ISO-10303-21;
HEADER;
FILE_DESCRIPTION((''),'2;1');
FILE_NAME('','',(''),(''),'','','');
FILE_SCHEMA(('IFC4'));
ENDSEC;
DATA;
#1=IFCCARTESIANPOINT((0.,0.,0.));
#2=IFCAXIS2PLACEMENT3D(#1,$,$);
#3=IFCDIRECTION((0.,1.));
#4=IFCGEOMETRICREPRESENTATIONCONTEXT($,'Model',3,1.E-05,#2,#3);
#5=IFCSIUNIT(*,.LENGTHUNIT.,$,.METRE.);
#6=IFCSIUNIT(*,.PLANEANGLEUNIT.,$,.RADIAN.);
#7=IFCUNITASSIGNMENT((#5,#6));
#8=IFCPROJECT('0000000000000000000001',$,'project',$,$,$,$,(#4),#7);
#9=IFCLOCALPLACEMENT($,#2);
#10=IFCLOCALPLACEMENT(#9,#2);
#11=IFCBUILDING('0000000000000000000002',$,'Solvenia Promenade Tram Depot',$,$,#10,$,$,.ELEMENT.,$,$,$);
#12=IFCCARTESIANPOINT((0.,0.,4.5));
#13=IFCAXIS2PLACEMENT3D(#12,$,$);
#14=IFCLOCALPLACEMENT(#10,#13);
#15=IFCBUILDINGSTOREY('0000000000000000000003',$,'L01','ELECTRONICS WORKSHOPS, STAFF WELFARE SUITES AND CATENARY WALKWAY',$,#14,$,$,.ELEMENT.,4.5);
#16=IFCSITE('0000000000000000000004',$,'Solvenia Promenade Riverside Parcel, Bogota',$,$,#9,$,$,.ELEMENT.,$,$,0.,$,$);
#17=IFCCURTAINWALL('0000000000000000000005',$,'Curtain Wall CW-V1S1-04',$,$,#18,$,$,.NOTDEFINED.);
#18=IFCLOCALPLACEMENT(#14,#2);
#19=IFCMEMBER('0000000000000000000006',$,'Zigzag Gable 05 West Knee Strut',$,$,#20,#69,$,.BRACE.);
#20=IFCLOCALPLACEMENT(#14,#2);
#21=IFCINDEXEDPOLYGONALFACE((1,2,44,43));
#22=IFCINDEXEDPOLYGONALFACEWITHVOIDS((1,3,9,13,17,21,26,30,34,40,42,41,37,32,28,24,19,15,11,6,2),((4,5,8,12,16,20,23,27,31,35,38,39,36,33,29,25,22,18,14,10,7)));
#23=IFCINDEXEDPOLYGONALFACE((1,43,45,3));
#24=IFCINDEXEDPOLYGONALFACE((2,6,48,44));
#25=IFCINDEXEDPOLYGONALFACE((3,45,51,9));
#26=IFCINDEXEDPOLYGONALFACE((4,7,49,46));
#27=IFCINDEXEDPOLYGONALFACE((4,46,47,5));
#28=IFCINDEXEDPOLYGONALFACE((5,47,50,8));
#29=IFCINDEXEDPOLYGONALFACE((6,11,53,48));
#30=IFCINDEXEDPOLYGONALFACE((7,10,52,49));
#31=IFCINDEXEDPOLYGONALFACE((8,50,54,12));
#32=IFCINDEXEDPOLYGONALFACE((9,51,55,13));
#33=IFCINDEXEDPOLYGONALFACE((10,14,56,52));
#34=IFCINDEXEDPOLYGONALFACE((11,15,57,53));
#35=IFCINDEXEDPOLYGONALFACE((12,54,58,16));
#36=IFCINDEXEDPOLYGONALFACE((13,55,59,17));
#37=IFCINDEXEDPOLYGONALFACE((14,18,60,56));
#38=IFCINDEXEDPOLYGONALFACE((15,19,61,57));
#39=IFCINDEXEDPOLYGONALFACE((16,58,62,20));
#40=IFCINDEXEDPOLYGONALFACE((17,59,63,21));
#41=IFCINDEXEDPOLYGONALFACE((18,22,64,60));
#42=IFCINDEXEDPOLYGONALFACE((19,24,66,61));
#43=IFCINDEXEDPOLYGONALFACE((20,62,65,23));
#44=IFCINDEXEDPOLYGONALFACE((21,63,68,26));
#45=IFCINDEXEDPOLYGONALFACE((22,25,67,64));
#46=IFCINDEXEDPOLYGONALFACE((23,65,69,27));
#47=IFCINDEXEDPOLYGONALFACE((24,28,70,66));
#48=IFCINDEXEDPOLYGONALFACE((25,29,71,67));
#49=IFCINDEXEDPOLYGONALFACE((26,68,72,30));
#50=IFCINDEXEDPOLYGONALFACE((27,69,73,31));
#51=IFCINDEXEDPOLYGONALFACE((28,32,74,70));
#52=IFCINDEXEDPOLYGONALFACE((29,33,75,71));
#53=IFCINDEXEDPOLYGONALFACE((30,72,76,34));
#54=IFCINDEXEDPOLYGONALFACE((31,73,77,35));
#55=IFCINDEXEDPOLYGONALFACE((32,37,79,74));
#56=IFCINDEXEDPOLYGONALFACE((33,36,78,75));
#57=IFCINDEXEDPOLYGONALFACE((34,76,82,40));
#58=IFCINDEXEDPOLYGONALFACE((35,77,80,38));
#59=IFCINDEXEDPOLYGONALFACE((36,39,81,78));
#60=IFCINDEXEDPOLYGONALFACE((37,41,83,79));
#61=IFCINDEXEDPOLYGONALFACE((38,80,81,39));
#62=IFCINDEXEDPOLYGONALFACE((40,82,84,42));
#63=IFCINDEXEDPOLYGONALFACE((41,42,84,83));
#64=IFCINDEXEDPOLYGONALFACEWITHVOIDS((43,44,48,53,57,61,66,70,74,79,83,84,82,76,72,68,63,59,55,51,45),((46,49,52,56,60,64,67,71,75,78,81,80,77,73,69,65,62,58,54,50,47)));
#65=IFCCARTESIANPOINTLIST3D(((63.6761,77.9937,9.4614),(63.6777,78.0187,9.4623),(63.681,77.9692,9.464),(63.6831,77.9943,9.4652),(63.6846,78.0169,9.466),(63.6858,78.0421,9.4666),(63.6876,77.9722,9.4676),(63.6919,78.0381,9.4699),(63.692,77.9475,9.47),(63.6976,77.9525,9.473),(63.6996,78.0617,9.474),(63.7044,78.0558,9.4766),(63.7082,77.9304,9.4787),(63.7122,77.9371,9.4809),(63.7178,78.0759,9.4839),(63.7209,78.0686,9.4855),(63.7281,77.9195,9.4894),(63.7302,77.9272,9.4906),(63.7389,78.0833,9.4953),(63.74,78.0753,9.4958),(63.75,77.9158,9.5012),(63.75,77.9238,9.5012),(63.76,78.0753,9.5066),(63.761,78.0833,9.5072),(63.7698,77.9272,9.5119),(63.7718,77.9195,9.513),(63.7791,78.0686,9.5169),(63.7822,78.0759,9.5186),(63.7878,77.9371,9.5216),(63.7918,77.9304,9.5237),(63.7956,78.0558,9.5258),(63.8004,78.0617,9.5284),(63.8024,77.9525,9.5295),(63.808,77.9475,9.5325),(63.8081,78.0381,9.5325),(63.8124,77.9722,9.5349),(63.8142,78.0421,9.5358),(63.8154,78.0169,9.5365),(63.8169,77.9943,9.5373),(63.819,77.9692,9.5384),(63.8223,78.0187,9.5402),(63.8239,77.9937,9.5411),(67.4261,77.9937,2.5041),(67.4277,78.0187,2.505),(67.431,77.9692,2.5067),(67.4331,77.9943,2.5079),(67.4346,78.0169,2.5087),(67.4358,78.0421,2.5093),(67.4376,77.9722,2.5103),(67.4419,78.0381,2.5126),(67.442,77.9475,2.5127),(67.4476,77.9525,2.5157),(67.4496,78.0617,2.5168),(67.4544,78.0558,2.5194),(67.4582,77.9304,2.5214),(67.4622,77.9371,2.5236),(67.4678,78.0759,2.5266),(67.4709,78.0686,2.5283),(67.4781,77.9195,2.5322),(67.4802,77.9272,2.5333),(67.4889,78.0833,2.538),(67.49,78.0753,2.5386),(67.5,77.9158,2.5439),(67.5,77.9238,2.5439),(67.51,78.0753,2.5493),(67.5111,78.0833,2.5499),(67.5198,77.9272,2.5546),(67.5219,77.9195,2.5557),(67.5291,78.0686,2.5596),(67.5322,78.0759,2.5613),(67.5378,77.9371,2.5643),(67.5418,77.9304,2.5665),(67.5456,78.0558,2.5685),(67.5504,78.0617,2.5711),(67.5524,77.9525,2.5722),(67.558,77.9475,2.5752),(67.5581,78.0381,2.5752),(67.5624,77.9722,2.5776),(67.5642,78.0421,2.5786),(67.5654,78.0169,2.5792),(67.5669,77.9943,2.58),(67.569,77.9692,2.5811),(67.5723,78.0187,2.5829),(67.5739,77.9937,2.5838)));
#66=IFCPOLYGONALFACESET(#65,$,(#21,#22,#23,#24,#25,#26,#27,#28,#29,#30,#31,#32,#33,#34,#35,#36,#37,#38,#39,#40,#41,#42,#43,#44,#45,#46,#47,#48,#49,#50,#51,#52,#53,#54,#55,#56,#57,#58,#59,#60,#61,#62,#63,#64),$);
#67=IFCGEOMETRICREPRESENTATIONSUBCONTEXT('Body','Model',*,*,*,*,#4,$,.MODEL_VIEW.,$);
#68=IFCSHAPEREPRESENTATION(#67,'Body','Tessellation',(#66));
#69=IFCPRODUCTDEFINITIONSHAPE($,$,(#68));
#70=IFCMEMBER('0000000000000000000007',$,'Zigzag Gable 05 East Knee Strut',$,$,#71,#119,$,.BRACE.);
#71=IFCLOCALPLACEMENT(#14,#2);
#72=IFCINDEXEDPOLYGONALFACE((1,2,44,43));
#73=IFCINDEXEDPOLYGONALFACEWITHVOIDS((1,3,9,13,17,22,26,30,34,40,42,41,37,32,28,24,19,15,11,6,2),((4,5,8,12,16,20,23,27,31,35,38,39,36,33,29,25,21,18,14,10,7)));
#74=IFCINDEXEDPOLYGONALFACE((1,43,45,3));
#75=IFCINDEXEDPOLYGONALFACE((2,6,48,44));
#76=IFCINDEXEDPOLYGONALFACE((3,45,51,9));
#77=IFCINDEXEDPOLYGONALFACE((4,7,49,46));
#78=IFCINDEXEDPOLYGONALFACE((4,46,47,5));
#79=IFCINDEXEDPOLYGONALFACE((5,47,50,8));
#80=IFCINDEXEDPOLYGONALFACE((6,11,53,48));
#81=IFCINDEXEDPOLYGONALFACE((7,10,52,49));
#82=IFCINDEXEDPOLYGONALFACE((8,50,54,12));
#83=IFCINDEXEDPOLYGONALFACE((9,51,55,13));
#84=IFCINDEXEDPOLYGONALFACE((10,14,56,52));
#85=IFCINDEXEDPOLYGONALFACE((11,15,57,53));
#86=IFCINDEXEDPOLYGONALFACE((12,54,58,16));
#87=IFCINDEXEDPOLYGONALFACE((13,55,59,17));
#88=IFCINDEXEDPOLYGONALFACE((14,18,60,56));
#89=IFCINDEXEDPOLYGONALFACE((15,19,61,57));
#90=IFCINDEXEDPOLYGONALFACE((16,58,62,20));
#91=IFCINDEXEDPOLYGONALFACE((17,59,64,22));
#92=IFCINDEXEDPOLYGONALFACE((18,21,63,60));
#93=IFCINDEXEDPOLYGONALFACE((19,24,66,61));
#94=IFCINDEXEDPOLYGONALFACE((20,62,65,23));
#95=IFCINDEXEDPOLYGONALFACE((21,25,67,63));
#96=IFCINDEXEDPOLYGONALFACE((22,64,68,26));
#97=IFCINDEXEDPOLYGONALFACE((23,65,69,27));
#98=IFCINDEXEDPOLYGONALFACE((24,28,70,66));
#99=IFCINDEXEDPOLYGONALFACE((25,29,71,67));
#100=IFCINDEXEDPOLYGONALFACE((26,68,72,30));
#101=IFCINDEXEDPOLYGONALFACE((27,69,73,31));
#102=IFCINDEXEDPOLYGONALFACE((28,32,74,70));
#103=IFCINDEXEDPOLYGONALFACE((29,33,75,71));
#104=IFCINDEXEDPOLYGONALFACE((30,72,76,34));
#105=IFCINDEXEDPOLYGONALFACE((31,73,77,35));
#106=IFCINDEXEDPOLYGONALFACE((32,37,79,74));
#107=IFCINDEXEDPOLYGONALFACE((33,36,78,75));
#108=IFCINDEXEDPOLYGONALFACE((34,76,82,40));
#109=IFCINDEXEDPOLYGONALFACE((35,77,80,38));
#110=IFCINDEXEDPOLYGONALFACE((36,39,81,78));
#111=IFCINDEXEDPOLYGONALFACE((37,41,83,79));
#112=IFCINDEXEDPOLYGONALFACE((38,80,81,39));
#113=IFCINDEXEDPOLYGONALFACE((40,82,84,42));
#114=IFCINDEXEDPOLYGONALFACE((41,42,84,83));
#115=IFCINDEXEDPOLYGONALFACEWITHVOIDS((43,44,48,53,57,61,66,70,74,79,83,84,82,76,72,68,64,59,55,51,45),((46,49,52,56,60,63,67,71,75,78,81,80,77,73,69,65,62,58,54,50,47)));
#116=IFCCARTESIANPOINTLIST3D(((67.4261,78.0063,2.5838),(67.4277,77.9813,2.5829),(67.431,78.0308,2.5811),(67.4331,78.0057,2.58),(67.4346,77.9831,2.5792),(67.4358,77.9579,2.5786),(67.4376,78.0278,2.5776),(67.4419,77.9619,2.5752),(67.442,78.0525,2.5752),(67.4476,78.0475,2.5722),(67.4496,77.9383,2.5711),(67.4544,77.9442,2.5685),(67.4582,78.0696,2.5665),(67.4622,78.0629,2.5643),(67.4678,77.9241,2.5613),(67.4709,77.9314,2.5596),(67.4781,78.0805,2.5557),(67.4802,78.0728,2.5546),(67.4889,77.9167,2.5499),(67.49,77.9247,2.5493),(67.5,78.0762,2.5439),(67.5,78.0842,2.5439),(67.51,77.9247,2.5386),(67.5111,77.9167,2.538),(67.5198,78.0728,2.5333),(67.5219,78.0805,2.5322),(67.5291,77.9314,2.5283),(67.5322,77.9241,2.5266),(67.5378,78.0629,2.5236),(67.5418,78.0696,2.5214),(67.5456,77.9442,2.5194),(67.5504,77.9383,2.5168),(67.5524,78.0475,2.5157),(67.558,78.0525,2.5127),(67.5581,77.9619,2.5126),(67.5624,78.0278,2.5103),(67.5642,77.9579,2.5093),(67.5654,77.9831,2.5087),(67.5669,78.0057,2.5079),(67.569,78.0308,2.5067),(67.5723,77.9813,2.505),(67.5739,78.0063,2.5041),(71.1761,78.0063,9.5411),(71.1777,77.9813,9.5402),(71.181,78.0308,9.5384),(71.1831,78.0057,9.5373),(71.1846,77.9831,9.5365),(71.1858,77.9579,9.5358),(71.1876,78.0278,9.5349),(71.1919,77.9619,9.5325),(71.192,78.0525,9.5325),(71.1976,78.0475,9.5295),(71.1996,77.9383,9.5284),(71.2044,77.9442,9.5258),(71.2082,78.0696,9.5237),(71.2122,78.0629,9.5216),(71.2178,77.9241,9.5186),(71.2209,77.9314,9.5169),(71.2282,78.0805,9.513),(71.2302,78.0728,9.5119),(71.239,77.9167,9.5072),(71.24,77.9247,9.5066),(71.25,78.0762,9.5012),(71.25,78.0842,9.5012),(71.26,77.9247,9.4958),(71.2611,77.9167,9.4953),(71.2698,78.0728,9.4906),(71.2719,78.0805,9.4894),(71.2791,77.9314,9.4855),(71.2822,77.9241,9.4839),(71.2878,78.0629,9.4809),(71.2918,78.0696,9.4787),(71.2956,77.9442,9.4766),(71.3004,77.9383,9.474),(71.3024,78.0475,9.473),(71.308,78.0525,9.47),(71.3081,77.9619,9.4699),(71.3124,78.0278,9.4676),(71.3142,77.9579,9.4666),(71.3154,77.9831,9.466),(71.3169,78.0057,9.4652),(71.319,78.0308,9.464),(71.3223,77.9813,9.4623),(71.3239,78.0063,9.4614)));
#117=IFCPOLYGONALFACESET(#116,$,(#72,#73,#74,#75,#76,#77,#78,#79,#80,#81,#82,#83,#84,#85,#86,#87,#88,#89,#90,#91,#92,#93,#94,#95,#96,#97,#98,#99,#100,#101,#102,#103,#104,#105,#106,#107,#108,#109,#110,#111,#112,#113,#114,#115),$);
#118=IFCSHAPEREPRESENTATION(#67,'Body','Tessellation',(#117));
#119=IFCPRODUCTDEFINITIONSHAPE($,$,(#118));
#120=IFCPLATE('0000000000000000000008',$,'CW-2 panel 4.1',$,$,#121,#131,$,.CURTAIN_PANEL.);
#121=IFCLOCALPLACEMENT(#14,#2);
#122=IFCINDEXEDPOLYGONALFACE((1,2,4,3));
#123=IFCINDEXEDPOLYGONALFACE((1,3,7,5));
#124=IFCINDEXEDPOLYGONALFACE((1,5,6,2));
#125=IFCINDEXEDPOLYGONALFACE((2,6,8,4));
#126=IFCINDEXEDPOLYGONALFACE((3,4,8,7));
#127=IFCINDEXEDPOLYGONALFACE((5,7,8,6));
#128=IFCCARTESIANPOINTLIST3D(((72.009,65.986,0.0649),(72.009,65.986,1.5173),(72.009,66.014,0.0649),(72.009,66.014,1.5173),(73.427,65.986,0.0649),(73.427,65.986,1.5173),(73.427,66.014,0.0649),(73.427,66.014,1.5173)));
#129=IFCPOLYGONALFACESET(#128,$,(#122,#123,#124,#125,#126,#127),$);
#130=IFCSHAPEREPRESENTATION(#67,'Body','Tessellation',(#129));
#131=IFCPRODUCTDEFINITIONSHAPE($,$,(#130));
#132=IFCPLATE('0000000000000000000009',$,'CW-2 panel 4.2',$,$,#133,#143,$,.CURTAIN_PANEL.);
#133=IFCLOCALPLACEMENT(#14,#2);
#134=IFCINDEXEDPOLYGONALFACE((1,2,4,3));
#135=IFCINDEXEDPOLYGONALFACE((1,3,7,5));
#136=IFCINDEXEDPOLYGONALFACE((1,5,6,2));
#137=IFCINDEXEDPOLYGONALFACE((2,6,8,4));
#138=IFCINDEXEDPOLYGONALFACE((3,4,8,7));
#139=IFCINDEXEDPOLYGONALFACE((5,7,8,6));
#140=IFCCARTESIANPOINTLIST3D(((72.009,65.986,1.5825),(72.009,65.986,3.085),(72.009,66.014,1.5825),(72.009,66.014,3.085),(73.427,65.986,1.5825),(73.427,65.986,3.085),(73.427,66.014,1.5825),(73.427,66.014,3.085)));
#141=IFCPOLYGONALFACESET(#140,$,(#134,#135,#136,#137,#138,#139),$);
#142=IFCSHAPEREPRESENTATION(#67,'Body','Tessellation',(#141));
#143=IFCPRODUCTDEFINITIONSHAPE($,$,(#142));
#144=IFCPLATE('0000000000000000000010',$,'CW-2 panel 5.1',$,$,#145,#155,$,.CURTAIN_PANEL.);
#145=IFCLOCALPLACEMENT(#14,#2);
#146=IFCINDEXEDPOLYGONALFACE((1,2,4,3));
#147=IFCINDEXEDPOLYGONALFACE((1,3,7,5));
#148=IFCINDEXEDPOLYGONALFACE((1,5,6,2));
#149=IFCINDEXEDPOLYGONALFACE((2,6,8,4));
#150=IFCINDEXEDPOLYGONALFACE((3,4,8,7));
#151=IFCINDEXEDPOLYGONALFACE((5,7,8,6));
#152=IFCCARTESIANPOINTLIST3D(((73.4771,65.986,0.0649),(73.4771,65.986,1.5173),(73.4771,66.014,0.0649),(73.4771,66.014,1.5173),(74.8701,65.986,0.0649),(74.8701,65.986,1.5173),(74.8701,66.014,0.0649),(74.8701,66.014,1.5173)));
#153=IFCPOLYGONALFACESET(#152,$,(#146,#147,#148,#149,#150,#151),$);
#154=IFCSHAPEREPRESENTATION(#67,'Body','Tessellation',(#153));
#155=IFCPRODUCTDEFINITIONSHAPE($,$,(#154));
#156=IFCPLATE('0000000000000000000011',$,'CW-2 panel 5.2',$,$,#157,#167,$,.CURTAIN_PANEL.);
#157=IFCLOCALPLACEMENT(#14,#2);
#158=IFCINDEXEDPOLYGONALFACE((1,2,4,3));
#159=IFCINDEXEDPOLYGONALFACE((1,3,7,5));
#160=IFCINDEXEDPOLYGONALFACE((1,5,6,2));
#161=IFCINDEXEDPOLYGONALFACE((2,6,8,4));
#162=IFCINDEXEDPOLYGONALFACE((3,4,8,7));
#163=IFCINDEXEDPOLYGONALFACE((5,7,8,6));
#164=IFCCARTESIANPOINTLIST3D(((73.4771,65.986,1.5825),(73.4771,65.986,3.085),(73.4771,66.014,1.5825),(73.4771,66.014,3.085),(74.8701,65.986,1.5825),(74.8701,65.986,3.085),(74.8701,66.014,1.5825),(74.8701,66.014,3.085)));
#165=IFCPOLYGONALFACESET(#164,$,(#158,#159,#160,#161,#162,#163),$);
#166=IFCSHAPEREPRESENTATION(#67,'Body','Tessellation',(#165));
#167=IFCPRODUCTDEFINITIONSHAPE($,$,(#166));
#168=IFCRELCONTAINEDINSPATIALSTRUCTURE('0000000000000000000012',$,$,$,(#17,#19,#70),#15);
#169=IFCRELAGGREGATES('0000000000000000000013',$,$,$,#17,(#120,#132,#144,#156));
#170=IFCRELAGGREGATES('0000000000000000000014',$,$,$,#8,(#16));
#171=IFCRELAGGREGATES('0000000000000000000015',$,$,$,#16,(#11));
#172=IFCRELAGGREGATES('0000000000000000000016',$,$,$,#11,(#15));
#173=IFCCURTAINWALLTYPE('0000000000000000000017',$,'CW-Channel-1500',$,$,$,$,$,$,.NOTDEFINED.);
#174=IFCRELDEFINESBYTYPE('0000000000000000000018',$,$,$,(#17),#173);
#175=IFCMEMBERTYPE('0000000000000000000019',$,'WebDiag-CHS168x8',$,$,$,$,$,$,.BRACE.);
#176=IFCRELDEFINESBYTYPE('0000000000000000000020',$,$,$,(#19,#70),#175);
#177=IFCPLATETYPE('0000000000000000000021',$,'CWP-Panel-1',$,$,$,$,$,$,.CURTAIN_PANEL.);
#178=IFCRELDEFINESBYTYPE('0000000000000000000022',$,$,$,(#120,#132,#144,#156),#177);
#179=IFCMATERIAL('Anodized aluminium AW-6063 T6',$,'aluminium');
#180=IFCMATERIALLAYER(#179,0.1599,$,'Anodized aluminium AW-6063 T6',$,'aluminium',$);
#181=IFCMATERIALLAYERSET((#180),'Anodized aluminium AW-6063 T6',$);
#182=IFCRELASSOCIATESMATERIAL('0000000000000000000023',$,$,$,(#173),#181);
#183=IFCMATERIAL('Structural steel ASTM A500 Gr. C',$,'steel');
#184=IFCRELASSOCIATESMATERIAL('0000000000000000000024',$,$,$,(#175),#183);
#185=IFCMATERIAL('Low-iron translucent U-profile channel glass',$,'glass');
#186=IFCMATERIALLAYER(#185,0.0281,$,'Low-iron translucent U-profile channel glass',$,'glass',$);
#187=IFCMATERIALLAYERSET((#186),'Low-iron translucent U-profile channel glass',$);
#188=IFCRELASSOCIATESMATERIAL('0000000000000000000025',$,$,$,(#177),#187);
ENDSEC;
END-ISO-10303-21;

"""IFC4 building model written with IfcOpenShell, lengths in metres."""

from ifc_helpers import new_model, si_unit, direction, frame, origin, origin_2d, place, context, subcontext, project, spatial, rectangle, hollow_circle, extrude, material, layer, layer_set, material_profile, profile_set, type_object, element, aggregate, save


model = new_model("IFC4")

# Units and contexts
model_context = context("Model", 3, precision=1e-05, world=origin(), true_north=direction((0.0, 1.0)))
body_context = subcontext(model_context, "Body", "Model", "MODEL_VIEW")
ifc_project = project(units=[si_unit("LENGTHUNIT", "METRE"), si_unit("PLANEANGLEUNIT", "RADIAN")], contexts=[model_context])

# Site, building, storey
site_placement = place(None, origin())
site = spatial("IfcSite", under=ifc_project, at=site_placement, Name="Solvenia Promenade Riverside Parcel, Bogota", CompositionType="ELEMENT", RefElevation=0.0)
building_placement = place(site_placement, origin())
building = spatial("IfcBuilding", under=site, at=building_placement, Name="Solvenia Promenade Tram Depot", CompositionType="ELEMENT")
storey_placement = place(building_placement, frame((0.0, 0.0, 4.5)))
storey = spatial("IfcBuildingStorey", under=building, at=storey_placement, Name="L01", Description="ELECTRONICS WORKSHOPS, STAFF WELFARE SUITES AND CATENARY WALKWAY", CompositionType="ELEMENT", Elevation=4.5)

# Shared definitions
ifc_material_1 = material(Name="Structural steel ASTM A500 Gr. C", Category="steel")

# Curtain wall
ifc_material_2 = material(Name="Anodized aluminium AW-6063 T6", Category="aluminium")
ifc_layer_1 = layer(ifc_material_2, 0.1599, Name="Anodized aluminium AW-6063 T6", Category="aluminium")
ifc_layer_set_1 = layer_set([ifc_layer_1], Name="Anodized aluminium AW-6063 T6")
curtain_wall_type = type_object("IfcCurtainWallType", Name="CW-Channel-1500", PredefinedType="NOTDEFINED", material=ifc_layer_set_1)
curtain_wall_placement = place(storey_placement, origin())
curtain_wall = element("IfcCurtainWall", 1, at=curtain_wall_placement, inside=storey, type_object=curtain_wall_type, Name="Curtain Wall CW-V1S1-04", PredefinedType="NOTDEFINED")

# Members
ifc_material_profile_1 = material_profile(ifc_material_1, hollow_circle(Radius=0.0842, WallThickness=0.0081, at=origin_2d()), Name="CHS168.3x8", Category="steel")
ifc_profile_set_1 = profile_set([ifc_material_profile_1], Name="Structural steel ASTM A500 Gr. C")
member_type_1 = type_object("IfcMemberType", Name="WebDiag-CHS168x8", PredefinedType="BRACE", material=ifc_profile_set_1)
for number, where, z_axis, x_axis, name in (
    (2, (67.5, 78.0, 2.5439), (-0.47447, 0.0, 0.880272), (0.0, -1.0, 0.0), "Zigzag Gable 05 West Knee Strut"),
    (3, (67.5, 78.0, 2.5439), (0.47447, 0.0, 0.880272), (0.0, 1.0, 0.0), "Zigzag Gable 05 East Knee Strut"),
):
    element("IfcMember", number, at=place(storey_placement, frame(where, z_axis=z_axis, x_axis=x_axis)), inside=storey, type_object=member_type_1, Name=name, PredefinedType="BRACE", context=body_context, shape_type="SweptSolid", body=[
        extrude(hollow_circle(Radius=0.0842, WallThickness=0.0081, at=origin_2d()), origin(), (0.0, 0.0, 1.0), 7.9036),
    ])

# Plates
ifc_material_3 = material(Name="Low-iron translucent U-profile channel glass", Category="glass")
ifc_layer_2 = layer(ifc_material_3, 0.0281, Name="Low-iron translucent U-profile channel glass", Category="glass")
ifc_layer_set_2 = layer_set([ifc_layer_2], Name="Low-iron translucent U-profile channel glass")
plate_type = type_object("IfcPlateType", Name="CWP-Panel-1", PredefinedType="CURTAIN_PANEL", material=ifc_layer_set_2)
plate_1_placement = place(storey_placement, frame((72.718, 66.0, 0.0649), z_axis=(0.0, 0.0, 1.0), x_axis=(1.0, 0.0, 0.0)))
plate_1 = element("IfcPlate", 4, at=plate_1_placement, type_object=plate_type, Name="CW-2 panel 4.1", PredefinedType="CURTAIN_PANEL", context=body_context, shape_type="SweptSolid", body=[
    extrude(rectangle(XDim=1.418, YDim=0.0281, at=origin_2d()), origin(), (0.0, 0.0, 1.0), 1.4524),
])
plate_2_placement = place(storey_placement, frame((72.718, 66.0, 1.5825), z_axis=(0.0, 0.0, 1.0), x_axis=(1.0, 0.0, 0.0)))
plate_2 = element("IfcPlate", 5, at=plate_2_placement, type_object=plate_type, Name="CW-2 panel 4.2", PredefinedType="CURTAIN_PANEL", context=body_context, shape_type="SweptSolid", body=[
    extrude(rectangle(XDim=1.418, YDim=0.0281, at=origin_2d()), origin(), (0.0, 0.0, 1.0), 1.5024),
])
plate_3_placement = place(storey_placement, frame((74.1736, 66.0, 0.0649), z_axis=(0.0, 0.0, 1.0), x_axis=(1.0, 0.0, 0.0)))
plate_3 = element("IfcPlate", 6, at=plate_3_placement, type_object=plate_type, Name="CW-2 panel 5.1", PredefinedType="CURTAIN_PANEL", context=body_context, shape_type="SweptSolid", body=[
    extrude(rectangle(XDim=1.3931, YDim=0.0281, at=origin_2d()), origin(), (0.0, 0.0, 1.0), 1.4524),
])
plate_4_placement = place(storey_placement, frame((74.1736, 66.0, 1.5825), z_axis=(0.0, 0.0, 1.0), x_axis=(1.0, 0.0, 0.0)))
plate_4 = element("IfcPlate", 7, at=plate_4_placement, type_object=plate_type, Name="CW-2 panel 5.2", PredefinedType="CURTAIN_PANEL", context=body_context, shape_type="SweptSolid", body=[
    extrude(rectangle(XDim=1.3931, YDim=0.0281, at=origin_2d()), origin(), (0.0, 0.0, 1.0), 1.5024),
])
aggregate(curtain_wall, [plate_1, plate_2, plate_3, plate_4])

save(model, "model.ifc")
